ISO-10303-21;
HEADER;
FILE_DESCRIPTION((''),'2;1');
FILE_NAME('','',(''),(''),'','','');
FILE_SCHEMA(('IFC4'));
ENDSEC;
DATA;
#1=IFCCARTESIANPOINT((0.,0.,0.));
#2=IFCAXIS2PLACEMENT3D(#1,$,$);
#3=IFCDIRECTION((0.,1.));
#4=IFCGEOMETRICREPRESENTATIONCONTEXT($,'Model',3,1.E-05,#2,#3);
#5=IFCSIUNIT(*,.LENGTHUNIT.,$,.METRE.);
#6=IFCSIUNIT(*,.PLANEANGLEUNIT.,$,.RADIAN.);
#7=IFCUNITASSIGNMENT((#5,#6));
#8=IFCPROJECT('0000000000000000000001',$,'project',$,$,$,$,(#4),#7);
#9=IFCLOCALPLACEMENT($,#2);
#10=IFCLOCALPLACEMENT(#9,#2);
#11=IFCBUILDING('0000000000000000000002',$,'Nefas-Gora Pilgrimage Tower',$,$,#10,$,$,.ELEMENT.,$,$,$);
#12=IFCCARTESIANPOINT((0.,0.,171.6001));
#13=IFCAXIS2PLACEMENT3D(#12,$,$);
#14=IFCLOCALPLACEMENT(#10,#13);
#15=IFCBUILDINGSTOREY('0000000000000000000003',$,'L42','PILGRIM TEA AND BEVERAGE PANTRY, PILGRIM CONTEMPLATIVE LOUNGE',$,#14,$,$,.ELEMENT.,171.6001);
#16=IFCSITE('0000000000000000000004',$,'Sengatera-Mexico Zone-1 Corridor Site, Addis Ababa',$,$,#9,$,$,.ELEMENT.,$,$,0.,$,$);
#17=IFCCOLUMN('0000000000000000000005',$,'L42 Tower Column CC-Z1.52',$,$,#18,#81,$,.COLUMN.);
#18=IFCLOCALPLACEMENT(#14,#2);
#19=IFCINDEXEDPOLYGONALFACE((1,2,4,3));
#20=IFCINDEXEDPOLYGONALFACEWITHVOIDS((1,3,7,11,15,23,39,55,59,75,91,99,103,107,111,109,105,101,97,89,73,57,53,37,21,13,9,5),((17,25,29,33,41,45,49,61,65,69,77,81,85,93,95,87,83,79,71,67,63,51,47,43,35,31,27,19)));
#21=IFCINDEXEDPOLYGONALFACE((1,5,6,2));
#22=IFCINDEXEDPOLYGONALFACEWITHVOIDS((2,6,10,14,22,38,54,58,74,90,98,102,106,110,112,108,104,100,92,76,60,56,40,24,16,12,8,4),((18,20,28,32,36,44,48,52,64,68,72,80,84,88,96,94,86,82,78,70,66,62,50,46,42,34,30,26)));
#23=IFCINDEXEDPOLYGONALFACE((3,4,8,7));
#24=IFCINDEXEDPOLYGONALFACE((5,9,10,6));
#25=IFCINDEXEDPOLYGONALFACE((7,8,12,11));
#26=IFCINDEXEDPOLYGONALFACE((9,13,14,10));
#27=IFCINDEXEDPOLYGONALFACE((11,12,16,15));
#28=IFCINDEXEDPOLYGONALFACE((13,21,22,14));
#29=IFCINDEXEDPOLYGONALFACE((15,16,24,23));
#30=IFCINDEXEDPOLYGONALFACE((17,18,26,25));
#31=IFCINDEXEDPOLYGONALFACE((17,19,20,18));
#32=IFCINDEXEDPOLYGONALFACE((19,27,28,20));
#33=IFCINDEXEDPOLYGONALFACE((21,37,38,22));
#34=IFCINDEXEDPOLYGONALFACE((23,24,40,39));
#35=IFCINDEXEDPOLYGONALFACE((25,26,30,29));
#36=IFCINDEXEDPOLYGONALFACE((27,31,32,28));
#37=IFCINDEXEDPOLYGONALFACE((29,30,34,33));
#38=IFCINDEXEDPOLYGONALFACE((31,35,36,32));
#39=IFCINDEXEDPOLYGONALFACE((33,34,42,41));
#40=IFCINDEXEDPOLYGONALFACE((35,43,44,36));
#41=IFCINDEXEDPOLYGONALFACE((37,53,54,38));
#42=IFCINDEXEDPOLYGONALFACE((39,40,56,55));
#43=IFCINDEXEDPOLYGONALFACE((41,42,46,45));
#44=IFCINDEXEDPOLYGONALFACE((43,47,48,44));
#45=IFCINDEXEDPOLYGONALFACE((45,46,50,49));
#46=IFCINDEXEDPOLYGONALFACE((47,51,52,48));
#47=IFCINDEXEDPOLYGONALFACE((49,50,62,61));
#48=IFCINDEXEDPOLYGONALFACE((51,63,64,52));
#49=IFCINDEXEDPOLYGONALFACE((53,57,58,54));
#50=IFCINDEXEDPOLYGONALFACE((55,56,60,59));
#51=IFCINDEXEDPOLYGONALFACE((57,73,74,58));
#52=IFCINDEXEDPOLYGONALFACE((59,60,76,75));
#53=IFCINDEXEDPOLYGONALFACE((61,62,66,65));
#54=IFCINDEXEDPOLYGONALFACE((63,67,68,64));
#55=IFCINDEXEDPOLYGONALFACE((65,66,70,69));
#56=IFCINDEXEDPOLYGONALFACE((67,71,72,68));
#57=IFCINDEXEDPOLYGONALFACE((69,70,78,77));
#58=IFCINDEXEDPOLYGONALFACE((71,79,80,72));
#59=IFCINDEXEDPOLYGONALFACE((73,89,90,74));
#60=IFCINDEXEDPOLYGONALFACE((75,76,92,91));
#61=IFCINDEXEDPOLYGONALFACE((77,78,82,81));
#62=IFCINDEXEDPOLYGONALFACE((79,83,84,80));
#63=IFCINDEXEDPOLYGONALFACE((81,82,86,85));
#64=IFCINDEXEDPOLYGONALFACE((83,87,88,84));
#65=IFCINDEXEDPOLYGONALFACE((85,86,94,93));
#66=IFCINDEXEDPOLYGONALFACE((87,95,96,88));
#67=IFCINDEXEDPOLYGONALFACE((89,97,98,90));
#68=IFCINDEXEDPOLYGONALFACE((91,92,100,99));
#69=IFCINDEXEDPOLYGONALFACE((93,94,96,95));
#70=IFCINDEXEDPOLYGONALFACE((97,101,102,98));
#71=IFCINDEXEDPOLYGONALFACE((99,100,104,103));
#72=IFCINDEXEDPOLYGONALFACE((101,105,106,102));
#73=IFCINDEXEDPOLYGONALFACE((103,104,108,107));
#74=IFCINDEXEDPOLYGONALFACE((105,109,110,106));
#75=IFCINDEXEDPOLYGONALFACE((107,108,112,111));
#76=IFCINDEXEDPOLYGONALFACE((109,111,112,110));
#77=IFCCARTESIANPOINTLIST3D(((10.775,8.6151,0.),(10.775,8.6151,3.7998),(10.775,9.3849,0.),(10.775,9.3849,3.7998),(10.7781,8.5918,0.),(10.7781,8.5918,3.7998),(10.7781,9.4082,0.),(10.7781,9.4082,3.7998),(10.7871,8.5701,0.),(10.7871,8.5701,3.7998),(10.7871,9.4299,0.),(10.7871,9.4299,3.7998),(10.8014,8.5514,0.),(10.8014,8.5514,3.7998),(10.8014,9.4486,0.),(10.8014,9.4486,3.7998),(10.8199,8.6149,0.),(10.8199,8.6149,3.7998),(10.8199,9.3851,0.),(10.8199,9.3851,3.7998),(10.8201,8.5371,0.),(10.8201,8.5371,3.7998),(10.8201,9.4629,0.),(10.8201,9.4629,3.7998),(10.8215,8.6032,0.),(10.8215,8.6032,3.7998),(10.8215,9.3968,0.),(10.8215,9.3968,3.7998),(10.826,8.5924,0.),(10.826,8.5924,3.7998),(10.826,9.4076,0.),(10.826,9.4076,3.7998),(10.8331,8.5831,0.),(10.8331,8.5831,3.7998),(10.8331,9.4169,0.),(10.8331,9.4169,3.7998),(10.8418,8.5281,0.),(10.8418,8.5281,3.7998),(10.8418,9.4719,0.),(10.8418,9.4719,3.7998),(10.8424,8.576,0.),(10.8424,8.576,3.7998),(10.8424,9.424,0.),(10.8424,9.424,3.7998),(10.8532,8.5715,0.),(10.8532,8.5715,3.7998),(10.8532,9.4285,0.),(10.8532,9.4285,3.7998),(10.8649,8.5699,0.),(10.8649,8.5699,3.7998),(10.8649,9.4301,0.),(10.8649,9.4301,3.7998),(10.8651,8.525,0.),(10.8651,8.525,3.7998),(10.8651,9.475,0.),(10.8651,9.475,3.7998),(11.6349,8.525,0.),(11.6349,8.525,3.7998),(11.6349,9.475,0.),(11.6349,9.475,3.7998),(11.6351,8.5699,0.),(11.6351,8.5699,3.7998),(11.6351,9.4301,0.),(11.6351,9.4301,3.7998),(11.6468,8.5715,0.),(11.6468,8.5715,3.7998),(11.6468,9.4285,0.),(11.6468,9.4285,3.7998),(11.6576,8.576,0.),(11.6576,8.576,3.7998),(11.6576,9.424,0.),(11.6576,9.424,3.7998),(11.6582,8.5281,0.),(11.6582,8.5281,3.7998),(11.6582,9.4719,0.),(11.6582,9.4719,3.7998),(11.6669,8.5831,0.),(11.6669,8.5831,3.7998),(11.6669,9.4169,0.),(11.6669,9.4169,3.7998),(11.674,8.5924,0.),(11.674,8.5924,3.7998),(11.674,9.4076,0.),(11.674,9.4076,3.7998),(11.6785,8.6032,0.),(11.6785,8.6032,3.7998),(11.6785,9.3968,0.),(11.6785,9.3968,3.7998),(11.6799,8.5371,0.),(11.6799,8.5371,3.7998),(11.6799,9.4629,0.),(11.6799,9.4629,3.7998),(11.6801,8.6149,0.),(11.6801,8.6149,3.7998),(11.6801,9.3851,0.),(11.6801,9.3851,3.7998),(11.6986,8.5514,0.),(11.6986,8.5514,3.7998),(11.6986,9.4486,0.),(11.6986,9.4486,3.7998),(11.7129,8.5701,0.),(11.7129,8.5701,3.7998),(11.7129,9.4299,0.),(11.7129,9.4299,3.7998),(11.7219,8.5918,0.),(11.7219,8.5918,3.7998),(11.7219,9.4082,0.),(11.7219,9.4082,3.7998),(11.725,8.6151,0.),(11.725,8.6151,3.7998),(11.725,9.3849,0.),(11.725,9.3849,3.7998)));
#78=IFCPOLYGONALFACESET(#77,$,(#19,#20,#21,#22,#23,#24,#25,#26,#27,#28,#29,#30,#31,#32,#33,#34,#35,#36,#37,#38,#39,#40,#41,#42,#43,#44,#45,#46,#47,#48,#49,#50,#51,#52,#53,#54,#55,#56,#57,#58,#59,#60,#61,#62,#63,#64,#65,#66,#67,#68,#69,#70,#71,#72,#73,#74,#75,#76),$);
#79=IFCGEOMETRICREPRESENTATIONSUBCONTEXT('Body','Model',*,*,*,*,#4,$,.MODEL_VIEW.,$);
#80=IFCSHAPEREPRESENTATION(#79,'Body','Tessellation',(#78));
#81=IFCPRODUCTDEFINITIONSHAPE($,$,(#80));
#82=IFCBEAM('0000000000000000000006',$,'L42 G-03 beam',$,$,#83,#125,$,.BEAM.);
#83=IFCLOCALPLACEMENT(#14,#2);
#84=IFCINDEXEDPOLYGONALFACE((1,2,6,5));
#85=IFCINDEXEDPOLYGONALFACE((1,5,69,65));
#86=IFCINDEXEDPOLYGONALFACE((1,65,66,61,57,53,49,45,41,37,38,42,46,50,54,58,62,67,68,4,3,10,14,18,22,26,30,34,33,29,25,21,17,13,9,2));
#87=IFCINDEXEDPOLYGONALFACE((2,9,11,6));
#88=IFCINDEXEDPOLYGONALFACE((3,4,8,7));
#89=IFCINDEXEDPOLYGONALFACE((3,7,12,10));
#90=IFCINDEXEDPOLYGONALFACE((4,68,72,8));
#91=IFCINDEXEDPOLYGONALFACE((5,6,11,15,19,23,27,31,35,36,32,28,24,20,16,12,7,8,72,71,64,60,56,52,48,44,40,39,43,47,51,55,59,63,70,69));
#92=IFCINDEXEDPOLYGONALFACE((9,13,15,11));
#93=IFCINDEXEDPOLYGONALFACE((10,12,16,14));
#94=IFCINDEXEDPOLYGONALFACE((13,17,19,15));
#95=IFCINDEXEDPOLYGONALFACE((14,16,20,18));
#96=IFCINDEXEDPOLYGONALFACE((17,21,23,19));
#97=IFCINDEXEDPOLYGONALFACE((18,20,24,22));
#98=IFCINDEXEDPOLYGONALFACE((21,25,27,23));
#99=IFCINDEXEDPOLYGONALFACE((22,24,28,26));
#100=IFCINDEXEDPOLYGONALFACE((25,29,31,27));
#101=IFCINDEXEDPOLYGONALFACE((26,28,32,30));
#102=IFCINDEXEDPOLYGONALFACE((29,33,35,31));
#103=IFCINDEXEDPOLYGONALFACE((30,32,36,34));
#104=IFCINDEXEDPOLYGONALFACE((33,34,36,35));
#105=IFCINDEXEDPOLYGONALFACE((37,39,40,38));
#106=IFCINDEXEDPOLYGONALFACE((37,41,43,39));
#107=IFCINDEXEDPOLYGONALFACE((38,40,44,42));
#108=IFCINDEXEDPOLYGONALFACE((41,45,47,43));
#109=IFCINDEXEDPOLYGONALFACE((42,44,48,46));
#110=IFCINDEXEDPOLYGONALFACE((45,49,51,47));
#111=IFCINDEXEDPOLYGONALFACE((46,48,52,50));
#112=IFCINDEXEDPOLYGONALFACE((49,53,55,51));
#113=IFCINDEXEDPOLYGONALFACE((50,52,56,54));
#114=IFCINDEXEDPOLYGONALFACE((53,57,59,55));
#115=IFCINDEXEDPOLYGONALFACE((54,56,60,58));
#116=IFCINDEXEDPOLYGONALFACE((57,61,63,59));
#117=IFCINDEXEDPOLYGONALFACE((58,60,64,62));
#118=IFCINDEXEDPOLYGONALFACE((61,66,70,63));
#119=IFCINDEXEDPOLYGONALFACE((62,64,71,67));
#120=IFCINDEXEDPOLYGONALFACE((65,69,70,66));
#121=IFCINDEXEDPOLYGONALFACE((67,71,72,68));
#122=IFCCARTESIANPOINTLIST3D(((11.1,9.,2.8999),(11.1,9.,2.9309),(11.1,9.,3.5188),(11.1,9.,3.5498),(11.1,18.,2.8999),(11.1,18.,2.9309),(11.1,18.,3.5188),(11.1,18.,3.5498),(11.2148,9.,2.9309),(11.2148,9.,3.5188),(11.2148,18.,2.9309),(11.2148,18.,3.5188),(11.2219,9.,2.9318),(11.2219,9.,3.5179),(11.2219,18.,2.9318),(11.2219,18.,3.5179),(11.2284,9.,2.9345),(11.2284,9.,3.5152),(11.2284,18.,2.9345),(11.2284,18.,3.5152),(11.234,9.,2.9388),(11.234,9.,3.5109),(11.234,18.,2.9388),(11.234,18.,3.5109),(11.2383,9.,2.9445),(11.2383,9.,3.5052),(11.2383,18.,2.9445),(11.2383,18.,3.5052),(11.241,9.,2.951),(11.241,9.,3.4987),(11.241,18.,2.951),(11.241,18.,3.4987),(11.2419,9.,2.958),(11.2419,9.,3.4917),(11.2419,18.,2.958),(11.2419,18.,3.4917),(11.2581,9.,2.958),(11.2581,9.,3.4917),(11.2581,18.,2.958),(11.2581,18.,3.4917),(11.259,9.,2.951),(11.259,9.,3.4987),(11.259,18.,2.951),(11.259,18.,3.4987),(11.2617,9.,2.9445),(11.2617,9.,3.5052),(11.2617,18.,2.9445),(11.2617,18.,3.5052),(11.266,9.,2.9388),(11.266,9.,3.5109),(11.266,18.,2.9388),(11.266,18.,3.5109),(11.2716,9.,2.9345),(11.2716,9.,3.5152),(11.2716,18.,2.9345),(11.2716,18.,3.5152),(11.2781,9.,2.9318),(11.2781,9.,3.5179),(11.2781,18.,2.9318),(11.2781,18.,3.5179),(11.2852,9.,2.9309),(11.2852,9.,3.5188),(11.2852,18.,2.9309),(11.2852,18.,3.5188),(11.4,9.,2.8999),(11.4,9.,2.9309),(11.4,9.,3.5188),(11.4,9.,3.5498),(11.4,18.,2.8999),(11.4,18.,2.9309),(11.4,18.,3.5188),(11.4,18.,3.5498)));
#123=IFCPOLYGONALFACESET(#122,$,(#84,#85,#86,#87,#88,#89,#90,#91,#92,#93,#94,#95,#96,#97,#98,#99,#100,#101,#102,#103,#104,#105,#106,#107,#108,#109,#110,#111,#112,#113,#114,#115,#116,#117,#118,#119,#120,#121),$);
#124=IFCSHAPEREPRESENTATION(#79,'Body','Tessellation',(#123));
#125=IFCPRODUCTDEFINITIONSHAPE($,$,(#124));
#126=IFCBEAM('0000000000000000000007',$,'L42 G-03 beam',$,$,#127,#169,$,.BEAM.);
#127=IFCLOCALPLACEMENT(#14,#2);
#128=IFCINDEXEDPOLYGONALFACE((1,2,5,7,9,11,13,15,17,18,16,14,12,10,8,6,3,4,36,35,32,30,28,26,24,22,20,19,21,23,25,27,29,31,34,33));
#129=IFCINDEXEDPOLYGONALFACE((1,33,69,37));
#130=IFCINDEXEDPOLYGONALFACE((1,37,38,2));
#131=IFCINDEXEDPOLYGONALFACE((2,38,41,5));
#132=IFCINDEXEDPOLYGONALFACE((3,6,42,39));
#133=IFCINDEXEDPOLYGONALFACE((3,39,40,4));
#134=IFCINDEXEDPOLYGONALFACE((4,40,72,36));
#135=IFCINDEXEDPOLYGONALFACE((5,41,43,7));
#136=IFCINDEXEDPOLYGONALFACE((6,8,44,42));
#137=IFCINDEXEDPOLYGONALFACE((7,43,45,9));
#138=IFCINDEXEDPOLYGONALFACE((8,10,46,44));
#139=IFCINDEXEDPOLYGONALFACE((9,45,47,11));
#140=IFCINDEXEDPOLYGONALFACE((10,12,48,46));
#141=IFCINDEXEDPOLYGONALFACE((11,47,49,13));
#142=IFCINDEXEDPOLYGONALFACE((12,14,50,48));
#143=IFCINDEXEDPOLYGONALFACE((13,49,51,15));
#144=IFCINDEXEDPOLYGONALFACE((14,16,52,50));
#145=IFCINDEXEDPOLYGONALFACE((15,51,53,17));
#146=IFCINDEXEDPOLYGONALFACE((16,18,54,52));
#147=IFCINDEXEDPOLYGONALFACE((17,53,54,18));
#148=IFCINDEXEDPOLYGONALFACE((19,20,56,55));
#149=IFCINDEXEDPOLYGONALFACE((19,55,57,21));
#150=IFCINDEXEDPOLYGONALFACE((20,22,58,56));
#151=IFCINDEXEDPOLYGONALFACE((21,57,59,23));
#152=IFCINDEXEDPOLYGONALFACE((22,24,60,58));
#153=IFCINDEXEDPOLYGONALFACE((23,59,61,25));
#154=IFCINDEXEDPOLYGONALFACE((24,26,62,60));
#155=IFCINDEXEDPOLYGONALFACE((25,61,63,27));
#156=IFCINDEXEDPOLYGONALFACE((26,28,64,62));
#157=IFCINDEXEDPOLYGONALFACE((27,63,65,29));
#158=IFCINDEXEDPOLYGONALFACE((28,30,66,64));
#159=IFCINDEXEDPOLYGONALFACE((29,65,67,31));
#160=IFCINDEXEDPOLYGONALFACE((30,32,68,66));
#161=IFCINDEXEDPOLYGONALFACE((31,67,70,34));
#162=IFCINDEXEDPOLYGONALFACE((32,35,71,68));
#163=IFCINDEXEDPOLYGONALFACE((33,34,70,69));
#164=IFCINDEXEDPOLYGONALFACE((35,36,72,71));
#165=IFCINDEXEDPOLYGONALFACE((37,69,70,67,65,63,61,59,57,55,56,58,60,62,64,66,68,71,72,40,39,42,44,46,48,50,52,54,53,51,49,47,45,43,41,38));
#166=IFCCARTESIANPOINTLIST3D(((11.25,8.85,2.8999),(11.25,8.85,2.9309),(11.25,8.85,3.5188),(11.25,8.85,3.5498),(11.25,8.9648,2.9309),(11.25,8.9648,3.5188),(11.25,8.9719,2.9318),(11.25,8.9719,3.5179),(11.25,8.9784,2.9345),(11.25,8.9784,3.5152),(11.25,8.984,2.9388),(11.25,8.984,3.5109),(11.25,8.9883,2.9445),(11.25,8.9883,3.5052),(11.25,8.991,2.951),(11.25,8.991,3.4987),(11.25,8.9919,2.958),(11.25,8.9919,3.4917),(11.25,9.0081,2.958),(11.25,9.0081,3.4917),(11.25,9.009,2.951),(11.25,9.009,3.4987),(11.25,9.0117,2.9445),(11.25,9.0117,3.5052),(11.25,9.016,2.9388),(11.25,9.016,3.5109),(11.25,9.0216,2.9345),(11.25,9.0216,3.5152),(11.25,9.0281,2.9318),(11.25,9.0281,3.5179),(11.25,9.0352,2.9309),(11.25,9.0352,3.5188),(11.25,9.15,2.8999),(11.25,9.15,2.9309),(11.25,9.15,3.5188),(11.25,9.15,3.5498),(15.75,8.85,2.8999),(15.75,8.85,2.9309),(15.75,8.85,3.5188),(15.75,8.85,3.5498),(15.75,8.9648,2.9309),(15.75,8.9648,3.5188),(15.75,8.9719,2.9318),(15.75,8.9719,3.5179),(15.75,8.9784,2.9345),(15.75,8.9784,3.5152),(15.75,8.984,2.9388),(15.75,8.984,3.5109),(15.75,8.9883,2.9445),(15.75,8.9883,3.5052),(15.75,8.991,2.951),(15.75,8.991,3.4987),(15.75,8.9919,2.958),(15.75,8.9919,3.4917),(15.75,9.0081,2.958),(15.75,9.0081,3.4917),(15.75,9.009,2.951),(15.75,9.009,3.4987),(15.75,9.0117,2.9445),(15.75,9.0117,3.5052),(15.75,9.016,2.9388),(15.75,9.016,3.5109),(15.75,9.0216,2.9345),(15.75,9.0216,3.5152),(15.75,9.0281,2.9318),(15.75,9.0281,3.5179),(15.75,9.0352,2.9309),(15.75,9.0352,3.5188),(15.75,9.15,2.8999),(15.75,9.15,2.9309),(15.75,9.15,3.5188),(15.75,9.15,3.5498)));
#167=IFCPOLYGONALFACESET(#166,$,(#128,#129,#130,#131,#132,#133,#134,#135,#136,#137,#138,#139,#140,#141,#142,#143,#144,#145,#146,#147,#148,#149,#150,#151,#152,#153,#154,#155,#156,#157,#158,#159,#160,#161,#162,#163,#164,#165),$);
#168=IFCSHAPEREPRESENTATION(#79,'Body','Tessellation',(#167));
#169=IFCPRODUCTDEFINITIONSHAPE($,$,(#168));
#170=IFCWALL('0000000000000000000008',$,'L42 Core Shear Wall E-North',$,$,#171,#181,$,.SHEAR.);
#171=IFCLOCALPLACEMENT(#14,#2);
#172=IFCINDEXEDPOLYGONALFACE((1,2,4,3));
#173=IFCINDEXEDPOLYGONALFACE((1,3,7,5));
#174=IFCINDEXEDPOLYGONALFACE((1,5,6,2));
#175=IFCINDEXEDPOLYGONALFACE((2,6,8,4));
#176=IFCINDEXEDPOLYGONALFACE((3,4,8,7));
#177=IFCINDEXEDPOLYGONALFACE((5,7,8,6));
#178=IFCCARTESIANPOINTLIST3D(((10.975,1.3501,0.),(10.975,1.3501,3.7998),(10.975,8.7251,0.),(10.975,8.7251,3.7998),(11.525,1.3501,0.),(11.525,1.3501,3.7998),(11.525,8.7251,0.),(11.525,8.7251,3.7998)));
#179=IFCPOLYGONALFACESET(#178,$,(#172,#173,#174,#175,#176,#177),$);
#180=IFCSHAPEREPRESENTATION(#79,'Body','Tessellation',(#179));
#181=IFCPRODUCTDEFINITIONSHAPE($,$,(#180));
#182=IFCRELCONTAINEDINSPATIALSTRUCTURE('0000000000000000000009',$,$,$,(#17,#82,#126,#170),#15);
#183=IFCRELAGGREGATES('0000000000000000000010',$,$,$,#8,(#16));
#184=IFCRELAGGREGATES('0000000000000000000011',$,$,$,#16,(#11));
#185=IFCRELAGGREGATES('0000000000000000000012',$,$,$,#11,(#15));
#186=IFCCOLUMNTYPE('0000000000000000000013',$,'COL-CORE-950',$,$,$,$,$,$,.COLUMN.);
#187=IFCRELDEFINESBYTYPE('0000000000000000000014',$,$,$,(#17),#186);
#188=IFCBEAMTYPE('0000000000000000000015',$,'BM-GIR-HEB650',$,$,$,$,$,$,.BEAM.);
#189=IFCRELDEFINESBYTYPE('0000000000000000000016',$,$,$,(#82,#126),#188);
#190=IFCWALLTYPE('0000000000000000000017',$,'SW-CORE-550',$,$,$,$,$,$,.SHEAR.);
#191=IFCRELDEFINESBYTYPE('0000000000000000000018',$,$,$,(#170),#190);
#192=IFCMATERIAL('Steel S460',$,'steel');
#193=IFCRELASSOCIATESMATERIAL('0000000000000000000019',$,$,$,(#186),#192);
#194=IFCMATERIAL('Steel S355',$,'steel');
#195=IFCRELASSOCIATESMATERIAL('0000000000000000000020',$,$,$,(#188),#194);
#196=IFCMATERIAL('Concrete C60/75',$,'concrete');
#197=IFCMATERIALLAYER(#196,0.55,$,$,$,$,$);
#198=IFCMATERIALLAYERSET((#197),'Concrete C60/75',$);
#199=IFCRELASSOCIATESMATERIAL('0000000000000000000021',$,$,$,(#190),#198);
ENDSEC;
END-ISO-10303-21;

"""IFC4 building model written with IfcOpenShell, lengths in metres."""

from ifc_helpers import new_model, si_unit, direction, frame, frame_2d, origin, origin_2d, place, context, subcontext, project, spatial, rectangle, hollow_rectangle, i_section, extrude, source, transform, mapped, material, layer, layer_set, material_profile, profile_set, type_object, element, save


model = new_model("IFC4")

# Units and contexts
model_context = context("Model", 3, precision=1e-05, world=origin(), true_north=direction((0.0, 1.0)))
body_context = subcontext(model_context, "Body", "Model", "MODEL_VIEW")
ifc_project = project(units=[si_unit("LENGTHUNIT", "METRE"), si_unit("PLANEANGLEUNIT", "RADIAN")], contexts=[model_context])

# Site, building, storey
site_placement = place(None, origin())
site = spatial("IfcSite", under=ifc_project, at=site_placement, Name="Sengatera-Mexico Zone-1 Corridor Site, Addis Ababa", CompositionType="ELEMENT", RefElevation=0.0)
building_placement = place(site_placement, origin())
building = spatial("IfcBuilding", under=site, at=building_placement, Name="Nefas-Gora Pilgrimage Tower", CompositionType="ELEMENT")
storey_placement = place(building_placement, frame((0.0, 0.0, 171.6001)))
storey = spatial("IfcBuildingStorey", under=building, at=storey_placement, Name="L42", Description="PILGRIM TEA AND BEVERAGE PANTRY, PILGRIM CONTEMPLATIVE LOUNGE", CompositionType="ELEMENT", Elevation=171.6001)

# Column
ifc_material_1 = material(Name="Steel S460", Category="steel")
ifc_material_profile_1 = material_profile(ifc_material_1, hollow_rectangle(XDim=0.95, YDim=0.95, WallThickness=0.0449, InnerFilletRadius=0.0449, OuterFilletRadius=0.0901, at=origin_2d()), Name="BOX 950x950x45")
ifc_profile_set_1 = profile_set([ifc_material_profile_1], Name="Steel S460")
column_type = type_object("IfcColumnType", Name="COL-CORE-950", PredefinedType="COLUMN", material=ifc_profile_set_1)
shared_shape_1 = source(origin(), body_context, "Body", "SweptSolid", [
    extrude(hollow_rectangle(XDim=0.95, YDim=0.95, WallThickness=0.0449, InnerFilletRadius=0.0449, OuterFilletRadius=0.0901, at=origin_2d()), origin(), (0.0, 0.0, 1.0), 3.7998),
])
column_placement = place(storey_placement, frame((11.25, 9.0, 0.0), z_axis=(0.0, 0.0, 1.0), x_axis=(1.0, 0.0, 0.0)))
element("IfcColumn", 1, at=column_placement, inside=storey, type_object=column_type, Name="L42 Tower Column CC-Z1.52", PredefinedType="COLUMN", context=body_context, shape_type="MappedRepresentation", body=[
    mapped(shared_shape_1, transform((0.0, 0.0, 0.0), x_axis=(1.0, 0.0, 0.0), y_axis=(0.0, 1.0, 0.0), z_axis=(0.0, 0.0, 1.0), scale=1.0)),
])

# Beams
ifc_material_2 = material(Name="Steel S355", Category="steel")
ifc_material_profile_2 = material_profile(ifc_material_2, i_section(OverallWidth=0.3, OverallDepth=0.6499, WebThickness=0.0161, FlangeThickness=0.031, FilletRadius=0.0271, at=origin_2d()), Name="HEB 650")
ifc_profile_set_2 = profile_set([ifc_material_profile_2], Name="Steel S355")
beam_type = type_object("IfcBeamType", Name="BM-GIR-HEB650", PredefinedType="BEAM", material=ifc_profile_set_2)
shared_shape_2 = source(origin(), body_context, "Body", "SweptSolid", [
    extrude(i_section(OverallWidth=0.3, OverallDepth=0.6499, WebThickness=0.0161, FlangeThickness=0.031, FilletRadius=0.0271, at=origin_2d()), origin(), (0.0, 0.0, 1.0), 9.0),
])
beam_1_placement = place(storey_placement, frame((11.25, 9.0, 3.2249), z_axis=(0.0, 1.0, 0.0), x_axis=(-1.0, 0.0, 0.0)))
element("IfcBeam", 2, at=beam_1_placement, inside=storey, type_object=beam_type, Name="L42 G-03 beam", PredefinedType="BEAM", context=body_context, shape_type="MappedRepresentation", body=[
    mapped(shared_shape_2, transform((0.0, 0.0, 0.0), x_axis=(1.0, 0.0, 0.0), y_axis=(0.0, 1.0, 0.0), z_axis=(0.0, 0.0, 1.0), scale=1.0)),
])
shared_shape_3 = source(origin(), body_context, "Body", "SweptSolid", [
    extrude(i_section(OverallWidth=0.3, OverallDepth=0.6499, WebThickness=0.0161, FlangeThickness=0.031, FilletRadius=0.0271, at=origin_2d()), origin(), (0.0, 0.0, 1.0), 4.5),
])
beam_2_placement = place(storey_placement, frame((11.25, 9.0, 3.2249), z_axis=(1.0, 0.0, 0.0), x_axis=(0.0, 1.0, 0.0)))
element("IfcBeam", 3, at=beam_2_placement, inside=storey, type_object=beam_type, Name="L42 G-03 beam", PredefinedType="BEAM", context=body_context, shape_type="MappedRepresentation", body=[
    mapped(shared_shape_3, transform((0.0, 0.0, 0.0), x_axis=(1.0, 0.0, 0.0), y_axis=(0.0, 1.0, 0.0), z_axis=(0.0, 0.0, 1.0), scale=1.0)),
])

# Wall
ifc_material_3 = material(Name="Concrete C60/75", Category="concrete")
ifc_layer_1 = layer(ifc_material_3, 0.55)
ifc_layer_set_1 = layer_set([ifc_layer_1], Name="Concrete C60/75")
wall_type_1 = type_object("IfcWallType", Name="SW-CORE-550", PredefinedType="SHEAR", material=ifc_layer_set_1)
shared_shape_4 = source(origin(), body_context, "Body", "SweptSolid", [
    extrude(rectangle(XDim=7.375, YDim=0.55, at=frame_2d((3.6875, 0.0))), origin(), (0.0, 0.0, 1.0), 3.7998),
])
wall_1_placement = place(storey_placement, frame((11.25, 1.3501, 0.0), z_axis=(0.0, 0.0, 1.0), x_axis=(0.0, 1.0, 0.0)))
element("IfcWall", 4, at=wall_1_placement, inside=storey, type_object=wall_type_1, Name="L42 Core Shear Wall E-North", PredefinedType="SHEAR", context=body_context, shape_type="MappedRepresentation", body=[
    mapped(shared_shape_4, transform((0.0, 0.0, 0.0), x_axis=(1.0, 0.0, 0.0), y_axis=(0.0, 1.0, 0.0), z_axis=(0.0, 0.0, 1.0), scale=1.0)),
])

save(model, "model.ifc")
